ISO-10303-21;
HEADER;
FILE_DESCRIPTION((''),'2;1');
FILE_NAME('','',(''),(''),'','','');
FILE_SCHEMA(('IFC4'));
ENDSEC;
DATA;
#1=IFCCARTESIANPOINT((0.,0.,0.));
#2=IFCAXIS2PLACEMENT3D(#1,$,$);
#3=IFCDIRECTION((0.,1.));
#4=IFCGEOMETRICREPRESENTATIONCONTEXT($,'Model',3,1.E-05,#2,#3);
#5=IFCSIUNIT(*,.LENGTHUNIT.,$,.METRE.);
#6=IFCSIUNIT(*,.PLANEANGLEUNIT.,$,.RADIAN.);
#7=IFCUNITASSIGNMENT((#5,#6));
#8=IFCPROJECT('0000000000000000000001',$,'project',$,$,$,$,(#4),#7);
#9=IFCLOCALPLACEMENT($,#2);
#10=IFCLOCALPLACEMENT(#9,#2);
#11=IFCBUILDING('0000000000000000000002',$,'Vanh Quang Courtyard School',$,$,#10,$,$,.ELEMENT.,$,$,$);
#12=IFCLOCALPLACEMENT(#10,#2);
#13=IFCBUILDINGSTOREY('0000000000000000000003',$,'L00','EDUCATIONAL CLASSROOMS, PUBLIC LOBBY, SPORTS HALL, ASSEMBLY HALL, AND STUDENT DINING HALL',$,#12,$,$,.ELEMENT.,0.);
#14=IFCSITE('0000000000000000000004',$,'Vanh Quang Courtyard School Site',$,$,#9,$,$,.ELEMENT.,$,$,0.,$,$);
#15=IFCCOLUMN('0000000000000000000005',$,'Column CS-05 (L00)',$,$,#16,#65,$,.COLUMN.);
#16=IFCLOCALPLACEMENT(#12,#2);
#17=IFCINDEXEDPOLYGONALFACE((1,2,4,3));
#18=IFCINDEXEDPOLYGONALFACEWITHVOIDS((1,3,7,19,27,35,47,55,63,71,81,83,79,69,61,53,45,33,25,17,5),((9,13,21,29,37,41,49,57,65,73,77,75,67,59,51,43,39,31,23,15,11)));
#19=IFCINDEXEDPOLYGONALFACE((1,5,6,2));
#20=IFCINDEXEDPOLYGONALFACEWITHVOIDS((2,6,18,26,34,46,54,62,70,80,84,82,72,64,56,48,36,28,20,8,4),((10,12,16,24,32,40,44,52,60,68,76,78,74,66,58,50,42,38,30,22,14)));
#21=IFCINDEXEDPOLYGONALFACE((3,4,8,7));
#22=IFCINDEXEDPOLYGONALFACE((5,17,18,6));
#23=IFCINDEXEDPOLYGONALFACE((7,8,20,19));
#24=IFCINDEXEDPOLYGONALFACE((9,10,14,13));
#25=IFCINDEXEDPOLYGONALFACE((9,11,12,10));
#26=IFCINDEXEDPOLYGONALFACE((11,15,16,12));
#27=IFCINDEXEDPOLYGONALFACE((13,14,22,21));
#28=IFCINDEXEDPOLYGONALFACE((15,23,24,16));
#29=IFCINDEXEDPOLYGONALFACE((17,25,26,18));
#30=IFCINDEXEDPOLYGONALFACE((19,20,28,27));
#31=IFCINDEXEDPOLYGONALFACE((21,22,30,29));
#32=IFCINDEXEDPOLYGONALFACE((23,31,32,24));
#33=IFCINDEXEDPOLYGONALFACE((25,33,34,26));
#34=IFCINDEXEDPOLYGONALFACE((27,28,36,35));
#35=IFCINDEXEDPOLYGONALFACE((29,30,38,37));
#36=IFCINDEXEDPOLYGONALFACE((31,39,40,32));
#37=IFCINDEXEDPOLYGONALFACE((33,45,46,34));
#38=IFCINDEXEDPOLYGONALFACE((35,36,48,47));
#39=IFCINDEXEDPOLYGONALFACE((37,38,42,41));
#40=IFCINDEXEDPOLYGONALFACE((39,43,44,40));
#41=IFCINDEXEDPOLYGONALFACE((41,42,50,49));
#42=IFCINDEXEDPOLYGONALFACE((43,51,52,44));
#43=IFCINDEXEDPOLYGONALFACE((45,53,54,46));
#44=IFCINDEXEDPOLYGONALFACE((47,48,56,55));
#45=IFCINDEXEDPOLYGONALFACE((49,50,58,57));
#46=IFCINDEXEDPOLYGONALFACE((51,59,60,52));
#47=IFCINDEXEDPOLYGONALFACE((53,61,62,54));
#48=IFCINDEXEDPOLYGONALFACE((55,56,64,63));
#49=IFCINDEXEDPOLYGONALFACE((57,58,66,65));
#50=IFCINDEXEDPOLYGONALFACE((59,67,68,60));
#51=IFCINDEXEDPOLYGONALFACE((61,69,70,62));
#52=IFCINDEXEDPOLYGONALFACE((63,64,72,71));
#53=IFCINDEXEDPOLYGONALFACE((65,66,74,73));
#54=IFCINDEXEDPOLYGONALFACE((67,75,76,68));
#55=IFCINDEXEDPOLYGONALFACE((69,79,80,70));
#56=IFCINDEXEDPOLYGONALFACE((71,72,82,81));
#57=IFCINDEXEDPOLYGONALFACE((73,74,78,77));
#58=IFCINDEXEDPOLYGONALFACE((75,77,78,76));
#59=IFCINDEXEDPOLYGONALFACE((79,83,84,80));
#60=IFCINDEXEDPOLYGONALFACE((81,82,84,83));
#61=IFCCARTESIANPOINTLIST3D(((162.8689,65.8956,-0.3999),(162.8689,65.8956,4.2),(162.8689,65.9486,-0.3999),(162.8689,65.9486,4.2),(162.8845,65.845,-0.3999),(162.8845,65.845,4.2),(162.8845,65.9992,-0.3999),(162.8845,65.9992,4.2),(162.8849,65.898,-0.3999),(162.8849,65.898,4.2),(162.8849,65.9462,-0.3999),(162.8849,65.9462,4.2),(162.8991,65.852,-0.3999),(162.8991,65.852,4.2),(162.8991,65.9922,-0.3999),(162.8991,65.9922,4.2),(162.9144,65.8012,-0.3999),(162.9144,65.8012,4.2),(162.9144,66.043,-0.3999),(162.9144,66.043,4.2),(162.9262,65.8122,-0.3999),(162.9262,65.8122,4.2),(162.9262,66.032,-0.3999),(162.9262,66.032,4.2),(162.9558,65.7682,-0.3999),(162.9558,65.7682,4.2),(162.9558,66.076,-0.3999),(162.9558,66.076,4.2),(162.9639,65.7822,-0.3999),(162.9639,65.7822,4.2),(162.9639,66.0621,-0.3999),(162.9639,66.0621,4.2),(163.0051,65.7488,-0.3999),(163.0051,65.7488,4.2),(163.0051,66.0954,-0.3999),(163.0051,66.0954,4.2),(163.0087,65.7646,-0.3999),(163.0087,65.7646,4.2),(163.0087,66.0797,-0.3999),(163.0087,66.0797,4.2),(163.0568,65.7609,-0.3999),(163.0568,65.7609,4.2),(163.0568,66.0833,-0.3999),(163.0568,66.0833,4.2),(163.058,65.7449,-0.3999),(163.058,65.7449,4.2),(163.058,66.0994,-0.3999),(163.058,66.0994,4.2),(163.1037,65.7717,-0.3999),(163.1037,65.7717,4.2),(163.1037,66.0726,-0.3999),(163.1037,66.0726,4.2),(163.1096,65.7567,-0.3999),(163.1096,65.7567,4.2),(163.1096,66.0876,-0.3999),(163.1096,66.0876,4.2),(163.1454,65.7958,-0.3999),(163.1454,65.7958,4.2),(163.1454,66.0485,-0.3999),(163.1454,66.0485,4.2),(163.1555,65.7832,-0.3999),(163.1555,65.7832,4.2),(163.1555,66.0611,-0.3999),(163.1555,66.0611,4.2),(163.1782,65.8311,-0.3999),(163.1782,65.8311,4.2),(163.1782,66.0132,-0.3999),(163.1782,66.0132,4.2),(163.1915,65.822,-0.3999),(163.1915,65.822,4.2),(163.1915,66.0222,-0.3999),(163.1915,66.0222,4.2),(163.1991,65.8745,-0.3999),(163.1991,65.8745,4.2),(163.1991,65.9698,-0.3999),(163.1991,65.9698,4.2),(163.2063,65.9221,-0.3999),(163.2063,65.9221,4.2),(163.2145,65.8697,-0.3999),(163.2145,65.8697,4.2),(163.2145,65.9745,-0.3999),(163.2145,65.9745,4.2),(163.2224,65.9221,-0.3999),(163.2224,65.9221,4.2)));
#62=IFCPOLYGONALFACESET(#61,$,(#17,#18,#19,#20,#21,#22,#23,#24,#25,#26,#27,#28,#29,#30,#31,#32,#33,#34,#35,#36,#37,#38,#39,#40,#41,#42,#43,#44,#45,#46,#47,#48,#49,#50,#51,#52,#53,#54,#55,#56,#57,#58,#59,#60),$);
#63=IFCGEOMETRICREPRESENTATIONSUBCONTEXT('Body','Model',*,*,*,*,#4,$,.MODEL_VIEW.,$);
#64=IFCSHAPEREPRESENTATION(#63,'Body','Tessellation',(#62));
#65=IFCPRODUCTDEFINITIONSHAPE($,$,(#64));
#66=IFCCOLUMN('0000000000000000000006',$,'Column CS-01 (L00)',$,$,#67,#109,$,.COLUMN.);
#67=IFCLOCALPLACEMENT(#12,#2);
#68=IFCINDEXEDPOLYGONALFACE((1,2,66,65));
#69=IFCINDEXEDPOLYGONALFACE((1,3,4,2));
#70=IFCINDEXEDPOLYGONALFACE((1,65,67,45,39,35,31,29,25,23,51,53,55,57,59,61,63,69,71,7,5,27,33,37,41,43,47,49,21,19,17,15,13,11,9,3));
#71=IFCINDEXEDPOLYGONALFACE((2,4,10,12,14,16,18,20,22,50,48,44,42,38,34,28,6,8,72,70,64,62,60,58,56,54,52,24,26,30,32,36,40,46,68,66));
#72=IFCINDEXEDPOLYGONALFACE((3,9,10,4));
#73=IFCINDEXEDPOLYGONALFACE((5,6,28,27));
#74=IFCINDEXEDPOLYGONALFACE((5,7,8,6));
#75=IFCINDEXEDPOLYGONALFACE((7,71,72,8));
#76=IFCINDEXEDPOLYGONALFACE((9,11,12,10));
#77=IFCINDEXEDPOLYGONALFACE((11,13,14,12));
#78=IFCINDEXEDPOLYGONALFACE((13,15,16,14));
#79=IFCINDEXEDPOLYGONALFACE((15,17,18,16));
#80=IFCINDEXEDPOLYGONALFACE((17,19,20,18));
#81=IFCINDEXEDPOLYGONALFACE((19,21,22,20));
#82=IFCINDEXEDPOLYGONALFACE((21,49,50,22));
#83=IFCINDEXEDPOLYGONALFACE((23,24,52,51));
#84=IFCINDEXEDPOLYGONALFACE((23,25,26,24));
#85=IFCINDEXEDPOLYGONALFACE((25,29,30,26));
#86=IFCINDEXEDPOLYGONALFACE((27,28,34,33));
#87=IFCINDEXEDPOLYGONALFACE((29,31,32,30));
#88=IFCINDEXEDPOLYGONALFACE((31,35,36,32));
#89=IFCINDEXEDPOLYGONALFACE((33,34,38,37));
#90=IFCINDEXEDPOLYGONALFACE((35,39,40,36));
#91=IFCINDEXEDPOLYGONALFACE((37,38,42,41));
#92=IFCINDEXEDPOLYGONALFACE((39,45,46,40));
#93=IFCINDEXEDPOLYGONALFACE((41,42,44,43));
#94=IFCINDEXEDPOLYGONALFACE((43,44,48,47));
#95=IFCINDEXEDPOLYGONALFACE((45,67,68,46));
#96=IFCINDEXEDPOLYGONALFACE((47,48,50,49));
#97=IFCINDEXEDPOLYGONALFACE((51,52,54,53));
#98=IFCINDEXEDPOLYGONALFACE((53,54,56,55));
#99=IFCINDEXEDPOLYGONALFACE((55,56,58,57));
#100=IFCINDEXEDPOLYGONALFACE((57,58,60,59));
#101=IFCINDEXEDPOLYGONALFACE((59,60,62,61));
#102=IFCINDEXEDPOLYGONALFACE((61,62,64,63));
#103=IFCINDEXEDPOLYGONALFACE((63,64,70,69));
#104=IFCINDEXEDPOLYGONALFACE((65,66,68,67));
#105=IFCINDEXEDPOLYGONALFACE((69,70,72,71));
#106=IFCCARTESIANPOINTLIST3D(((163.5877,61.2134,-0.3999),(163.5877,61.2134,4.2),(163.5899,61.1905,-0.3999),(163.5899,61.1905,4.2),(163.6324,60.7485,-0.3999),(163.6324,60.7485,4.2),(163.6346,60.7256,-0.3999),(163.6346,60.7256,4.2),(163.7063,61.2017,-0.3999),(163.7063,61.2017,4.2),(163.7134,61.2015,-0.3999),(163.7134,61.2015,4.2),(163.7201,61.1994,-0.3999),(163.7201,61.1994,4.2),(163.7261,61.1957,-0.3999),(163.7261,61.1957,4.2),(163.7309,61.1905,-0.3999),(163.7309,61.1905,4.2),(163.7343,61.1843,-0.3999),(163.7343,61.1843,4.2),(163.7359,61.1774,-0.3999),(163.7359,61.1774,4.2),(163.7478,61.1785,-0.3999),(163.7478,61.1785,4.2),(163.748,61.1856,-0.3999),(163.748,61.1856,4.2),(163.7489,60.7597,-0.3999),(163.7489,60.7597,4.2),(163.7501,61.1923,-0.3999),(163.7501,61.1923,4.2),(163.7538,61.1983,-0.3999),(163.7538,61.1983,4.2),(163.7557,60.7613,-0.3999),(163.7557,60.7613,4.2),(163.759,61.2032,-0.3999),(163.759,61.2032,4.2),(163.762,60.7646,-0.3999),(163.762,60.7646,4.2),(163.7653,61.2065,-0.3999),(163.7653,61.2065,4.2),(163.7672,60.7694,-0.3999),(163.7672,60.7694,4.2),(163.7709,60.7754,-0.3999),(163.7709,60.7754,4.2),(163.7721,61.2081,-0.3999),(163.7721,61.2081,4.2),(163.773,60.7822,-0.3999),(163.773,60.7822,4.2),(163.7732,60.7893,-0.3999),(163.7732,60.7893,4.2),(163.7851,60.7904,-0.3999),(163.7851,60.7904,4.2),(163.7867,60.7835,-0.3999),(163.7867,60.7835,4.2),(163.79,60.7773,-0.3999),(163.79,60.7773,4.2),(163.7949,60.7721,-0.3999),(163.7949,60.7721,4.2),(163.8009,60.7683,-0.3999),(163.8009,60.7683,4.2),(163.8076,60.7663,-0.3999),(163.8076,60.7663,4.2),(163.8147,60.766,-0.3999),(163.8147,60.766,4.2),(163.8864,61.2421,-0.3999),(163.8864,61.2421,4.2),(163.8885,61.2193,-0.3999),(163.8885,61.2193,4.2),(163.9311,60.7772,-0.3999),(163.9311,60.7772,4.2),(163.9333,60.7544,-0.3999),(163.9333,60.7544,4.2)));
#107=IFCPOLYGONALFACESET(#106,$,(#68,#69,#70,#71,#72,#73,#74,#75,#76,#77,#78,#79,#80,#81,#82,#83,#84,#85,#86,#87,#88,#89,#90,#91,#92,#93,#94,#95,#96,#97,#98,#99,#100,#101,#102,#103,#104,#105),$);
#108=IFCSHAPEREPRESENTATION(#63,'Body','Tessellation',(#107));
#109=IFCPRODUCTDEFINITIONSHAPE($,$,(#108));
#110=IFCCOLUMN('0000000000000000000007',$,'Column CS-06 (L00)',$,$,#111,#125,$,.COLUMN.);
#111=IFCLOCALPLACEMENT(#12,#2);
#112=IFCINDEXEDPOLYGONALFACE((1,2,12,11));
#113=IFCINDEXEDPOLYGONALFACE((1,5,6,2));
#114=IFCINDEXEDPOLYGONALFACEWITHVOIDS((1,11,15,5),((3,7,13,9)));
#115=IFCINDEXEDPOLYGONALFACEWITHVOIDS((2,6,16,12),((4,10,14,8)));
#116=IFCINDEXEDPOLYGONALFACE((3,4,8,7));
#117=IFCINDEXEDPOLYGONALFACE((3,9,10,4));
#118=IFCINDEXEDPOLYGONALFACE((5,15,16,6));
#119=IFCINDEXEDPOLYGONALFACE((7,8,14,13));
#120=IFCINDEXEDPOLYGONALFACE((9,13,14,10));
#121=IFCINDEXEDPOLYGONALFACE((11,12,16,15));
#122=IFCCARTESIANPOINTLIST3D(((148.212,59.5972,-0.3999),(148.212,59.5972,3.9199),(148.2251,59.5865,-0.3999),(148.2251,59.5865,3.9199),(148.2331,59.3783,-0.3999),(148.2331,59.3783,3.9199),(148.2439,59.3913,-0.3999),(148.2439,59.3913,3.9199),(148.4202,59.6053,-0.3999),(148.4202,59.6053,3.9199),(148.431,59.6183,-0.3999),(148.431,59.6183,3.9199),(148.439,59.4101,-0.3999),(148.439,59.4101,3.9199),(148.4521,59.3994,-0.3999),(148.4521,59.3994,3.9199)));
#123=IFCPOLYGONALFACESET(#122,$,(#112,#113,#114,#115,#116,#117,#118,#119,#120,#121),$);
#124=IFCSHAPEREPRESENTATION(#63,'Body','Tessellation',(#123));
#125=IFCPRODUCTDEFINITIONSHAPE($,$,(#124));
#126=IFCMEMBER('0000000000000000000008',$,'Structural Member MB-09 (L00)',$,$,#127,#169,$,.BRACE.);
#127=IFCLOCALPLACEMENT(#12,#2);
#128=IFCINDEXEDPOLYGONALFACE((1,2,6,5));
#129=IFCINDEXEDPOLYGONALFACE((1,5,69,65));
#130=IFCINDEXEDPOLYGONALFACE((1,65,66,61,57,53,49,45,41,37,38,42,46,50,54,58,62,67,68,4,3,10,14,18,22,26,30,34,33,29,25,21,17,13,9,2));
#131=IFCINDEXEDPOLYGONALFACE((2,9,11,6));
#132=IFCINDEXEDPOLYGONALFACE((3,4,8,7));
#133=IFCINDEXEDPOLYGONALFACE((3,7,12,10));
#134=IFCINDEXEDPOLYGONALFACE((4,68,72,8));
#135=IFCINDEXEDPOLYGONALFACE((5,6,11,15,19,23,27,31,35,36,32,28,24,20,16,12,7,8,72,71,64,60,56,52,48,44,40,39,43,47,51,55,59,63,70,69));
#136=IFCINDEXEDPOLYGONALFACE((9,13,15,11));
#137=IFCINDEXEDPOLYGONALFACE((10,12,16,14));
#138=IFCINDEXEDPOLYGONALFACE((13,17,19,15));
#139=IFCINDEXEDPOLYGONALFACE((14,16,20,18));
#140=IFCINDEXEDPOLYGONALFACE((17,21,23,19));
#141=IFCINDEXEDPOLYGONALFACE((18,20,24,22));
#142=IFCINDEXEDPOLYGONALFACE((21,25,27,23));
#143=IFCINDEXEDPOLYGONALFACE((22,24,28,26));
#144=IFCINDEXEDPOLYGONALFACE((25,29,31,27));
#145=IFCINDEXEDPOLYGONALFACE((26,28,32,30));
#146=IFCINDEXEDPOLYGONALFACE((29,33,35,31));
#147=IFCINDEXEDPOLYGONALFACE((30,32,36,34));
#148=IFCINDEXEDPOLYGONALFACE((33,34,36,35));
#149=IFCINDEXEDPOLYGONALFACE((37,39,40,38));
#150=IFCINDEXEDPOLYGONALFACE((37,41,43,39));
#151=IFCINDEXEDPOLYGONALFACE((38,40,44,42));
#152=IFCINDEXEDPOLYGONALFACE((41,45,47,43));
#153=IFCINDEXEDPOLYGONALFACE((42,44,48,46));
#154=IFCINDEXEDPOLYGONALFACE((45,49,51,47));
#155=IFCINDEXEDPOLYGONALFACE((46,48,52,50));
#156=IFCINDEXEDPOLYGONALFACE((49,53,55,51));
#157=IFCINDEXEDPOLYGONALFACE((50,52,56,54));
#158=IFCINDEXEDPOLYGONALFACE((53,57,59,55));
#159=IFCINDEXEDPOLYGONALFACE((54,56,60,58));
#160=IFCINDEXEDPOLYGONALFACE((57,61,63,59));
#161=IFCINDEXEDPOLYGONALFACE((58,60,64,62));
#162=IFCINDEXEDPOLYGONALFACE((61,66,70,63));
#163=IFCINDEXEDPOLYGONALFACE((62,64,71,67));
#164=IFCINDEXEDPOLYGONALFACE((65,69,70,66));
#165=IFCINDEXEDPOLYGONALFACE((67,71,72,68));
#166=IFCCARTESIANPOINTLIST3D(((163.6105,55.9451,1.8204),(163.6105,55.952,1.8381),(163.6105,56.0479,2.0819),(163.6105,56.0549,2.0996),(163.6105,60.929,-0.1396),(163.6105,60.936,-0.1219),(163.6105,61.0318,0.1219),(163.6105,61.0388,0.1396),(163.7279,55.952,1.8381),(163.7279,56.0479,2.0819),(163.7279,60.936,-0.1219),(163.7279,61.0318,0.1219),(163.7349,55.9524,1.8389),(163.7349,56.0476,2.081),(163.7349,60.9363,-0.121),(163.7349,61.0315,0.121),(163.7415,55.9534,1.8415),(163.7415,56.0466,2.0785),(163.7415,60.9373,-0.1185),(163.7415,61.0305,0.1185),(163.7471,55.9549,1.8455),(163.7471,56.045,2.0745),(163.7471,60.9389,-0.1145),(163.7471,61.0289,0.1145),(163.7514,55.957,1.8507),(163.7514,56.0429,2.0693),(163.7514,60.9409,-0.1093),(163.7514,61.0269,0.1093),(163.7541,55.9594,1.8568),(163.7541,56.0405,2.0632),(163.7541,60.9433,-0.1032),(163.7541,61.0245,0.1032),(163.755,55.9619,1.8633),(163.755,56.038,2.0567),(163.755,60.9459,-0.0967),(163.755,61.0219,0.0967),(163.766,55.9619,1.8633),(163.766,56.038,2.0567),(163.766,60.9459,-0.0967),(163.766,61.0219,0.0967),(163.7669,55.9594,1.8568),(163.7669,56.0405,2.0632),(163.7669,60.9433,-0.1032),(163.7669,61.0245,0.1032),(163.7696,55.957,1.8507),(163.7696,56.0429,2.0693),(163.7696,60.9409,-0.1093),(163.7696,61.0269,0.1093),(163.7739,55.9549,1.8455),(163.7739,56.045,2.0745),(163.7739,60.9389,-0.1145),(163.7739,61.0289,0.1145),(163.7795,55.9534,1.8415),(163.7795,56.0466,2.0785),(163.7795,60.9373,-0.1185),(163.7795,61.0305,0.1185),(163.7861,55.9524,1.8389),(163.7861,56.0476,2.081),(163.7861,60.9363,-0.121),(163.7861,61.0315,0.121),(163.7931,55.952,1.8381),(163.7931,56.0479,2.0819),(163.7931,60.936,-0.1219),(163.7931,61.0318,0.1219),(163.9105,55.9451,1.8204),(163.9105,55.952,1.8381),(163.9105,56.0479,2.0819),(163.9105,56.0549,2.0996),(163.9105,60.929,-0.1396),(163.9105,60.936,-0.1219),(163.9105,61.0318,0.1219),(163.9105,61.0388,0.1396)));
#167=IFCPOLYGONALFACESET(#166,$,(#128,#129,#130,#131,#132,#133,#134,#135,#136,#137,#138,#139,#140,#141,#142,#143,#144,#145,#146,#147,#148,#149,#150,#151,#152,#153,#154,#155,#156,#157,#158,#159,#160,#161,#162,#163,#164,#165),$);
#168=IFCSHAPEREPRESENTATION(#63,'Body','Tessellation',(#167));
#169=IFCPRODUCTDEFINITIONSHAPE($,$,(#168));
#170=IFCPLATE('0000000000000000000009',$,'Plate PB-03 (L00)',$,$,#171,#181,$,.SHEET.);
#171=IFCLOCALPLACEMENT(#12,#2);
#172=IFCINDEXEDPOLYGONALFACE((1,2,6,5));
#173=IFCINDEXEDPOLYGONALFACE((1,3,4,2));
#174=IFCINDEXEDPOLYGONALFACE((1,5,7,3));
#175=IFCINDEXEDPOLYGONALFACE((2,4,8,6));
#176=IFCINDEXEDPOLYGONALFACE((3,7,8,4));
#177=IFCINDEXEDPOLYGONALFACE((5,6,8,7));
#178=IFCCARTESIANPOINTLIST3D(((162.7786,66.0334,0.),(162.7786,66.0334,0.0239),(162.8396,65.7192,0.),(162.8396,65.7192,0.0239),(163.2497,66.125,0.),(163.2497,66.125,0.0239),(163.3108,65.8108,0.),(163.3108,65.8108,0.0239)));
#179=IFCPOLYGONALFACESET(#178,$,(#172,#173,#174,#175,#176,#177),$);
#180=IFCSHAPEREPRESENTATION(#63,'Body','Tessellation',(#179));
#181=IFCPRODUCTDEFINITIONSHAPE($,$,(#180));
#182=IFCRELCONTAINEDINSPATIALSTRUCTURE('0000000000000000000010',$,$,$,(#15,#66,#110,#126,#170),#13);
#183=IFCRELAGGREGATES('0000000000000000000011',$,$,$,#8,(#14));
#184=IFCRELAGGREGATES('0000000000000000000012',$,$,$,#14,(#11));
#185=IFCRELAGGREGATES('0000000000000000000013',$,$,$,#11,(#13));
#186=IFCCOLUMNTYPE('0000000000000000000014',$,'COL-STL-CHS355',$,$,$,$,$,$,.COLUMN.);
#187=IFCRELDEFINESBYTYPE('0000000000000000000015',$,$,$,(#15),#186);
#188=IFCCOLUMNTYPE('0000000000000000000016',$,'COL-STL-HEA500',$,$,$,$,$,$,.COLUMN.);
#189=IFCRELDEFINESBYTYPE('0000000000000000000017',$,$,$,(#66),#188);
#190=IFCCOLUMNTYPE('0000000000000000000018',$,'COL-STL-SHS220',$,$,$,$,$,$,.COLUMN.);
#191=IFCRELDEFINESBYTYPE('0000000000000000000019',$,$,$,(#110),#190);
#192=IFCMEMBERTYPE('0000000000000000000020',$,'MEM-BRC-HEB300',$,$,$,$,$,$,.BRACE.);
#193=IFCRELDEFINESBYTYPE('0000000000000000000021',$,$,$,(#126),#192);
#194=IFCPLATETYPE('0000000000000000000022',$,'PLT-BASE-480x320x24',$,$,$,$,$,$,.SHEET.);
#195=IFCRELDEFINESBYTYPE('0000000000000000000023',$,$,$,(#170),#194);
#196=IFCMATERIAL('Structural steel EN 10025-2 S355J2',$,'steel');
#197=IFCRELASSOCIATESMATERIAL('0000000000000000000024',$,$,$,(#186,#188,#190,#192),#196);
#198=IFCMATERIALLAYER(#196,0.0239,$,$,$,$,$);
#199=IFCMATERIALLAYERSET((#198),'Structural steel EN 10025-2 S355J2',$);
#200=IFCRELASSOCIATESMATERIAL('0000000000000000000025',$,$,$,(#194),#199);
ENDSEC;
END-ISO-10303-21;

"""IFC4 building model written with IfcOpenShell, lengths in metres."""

from ifc_helpers import new_model, si_unit, direction, frame, origin, origin_2d, place, context, subcontext, project, spatial, rectangle, hollow_rectangle, hollow_circle, i_section, extrude, material, layer, layer_set, material_profile, profile_set, type_object, element, save


model = new_model("IFC4")

# Units and contexts
model_context = context("Model", 3, precision=1e-05, world=origin(), true_north=direction((0.0, 1.0)))
body_context = subcontext(model_context, "Body", "Model", "MODEL_VIEW")
ifc_project = project(units=[si_unit("LENGTHUNIT", "METRE"), si_unit("PLANEANGLEUNIT", "RADIAN")], contexts=[model_context])

# Site, building, storey
site_placement = place(None, origin())
site = spatial("IfcSite", under=ifc_project, at=site_placement, Name="Vanh Quang Courtyard School Site", CompositionType="ELEMENT", RefElevation=0.0)
building_placement = place(site_placement, origin())
building = spatial("IfcBuilding", under=site, at=building_placement, Name="Vanh Quang Courtyard School", CompositionType="ELEMENT")
storey_placement = place(building_placement, origin())
storey = spatial("IfcBuildingStorey", under=building, at=storey_placement, Name="L00", Description="EDUCATIONAL CLASSROOMS, PUBLIC LOBBY, SPORTS HALL, ASSEMBLY HALL, AND STUDENT DINING HALL", CompositionType="ELEMENT", Elevation=0.0)

# Columns
ifc_material_1 = material(Name="Structural steel EN 10025-2 S355J2", Category="steel")
ifc_material_profile_1 = material_profile(ifc_material_1, hollow_circle(Radius=0.1777, WallThickness=0.0161, at=origin_2d()), Name="CHS 355.6x16")
ifc_profile_set_1 = profile_set([ifc_material_profile_1], Name="Structural steel EN 10025-2 S355J2")
column_type_1 = type_object("IfcColumnType", Name="COL-STL-CHS355", PredefinedType="COLUMN", material=ifc_profile_set_1)
column_1_placement = place(storey_placement, frame((163.0447, 65.9221, -0.3999), z_axis=(0.0, 0.0, 1.0), x_axis=(1.0, 0.0, 0.0)))
element("IfcColumn", 1, at=column_1_placement, inside=storey, type_object=column_type_1, Name="Column CS-05 (L00)", PredefinedType="COLUMN", context=body_context, shape_type="SweptSolid", body=[
    extrude(hollow_circle(Radius=0.1777, WallThickness=0.0161, at=origin_2d()), origin(), (0.0, 0.0, 1.0), 4.5999),
])
ifc_material_profile_2 = material_profile(ifc_material_1, i_section(OverallWidth=0.3, OverallDepth=0.49, WebThickness=0.012, FlangeThickness=0.0229, FilletRadius=0.0271, at=origin_2d()), Name="HEA 500")
ifc_profile_set_2 = profile_set([ifc_material_profile_2], Name="Structural steel EN 10025-2 S355J2")
column_type_2 = type_object("IfcColumnType", Name="COL-STL-HEA500", PredefinedType="COLUMN", material=ifc_profile_set_2)
column_2_placement = place(storey_placement, frame((163.7605, 60.9839, -0.3999), z_axis=(0.0, 0.0, 1.0), x_axis=(0.995396, 0.095846, 0.0)))
element("IfcColumn", 2, at=column_2_placement, inside=storey, type_object=column_type_2, Name="Column CS-01 (L00)", PredefinedType="COLUMN", context=body_context, shape_type="SweptSolid", body=[
    extrude(i_section(OverallWidth=0.3, OverallDepth=0.49, WebThickness=0.012, FlangeThickness=0.0229, FilletRadius=0.0271, at=origin_2d()), origin(), (0.0, 0.0, 1.0), 4.5999),
])
ifc_material_profile_3 = material_profile(ifc_material_1, hollow_rectangle(XDim=0.22, YDim=0.22, WallThickness=0.012, at=origin_2d()), Name="SHS 220x220x12")
ifc_profile_set_3 = profile_set([ifc_material_profile_3], Name="Structural steel EN 10025-2 S355J2")
column_type_3 = type_object("IfcColumnType", Name="COL-STL-SHS220", PredefinedType="COLUMN", material=ifc_profile_set_3)
column_3_placement = place(storey_placement, frame((148.332, 59.4983, -0.3999), z_axis=(0.0, 0.0, 1.0), x_axis=(0.995396, 0.095846, 0.0)))
element("IfcColumn", 3, at=column_3_placement, inside=storey, type_object=column_type_3, Name="Column CS-06 (L00)", PredefinedType="COLUMN", context=body_context, shape_type="SweptSolid", body=[
    extrude(hollow_rectangle(XDim=0.22, YDim=0.22, WallThickness=0.012, at=origin_2d()), origin(), (0.0, 0.0, 1.0), 4.3198),
])

# Member
ifc_material_profile_4 = material_profile(ifc_material_1, i_section(OverallWidth=0.3, OverallDepth=0.3, WebThickness=0.011, FlangeThickness=0.019, FilletRadius=0.0271, at=origin_2d()), Name="HEB 300")
ifc_profile_set_4 = profile_set([ifc_material_profile_4], Name="Structural steel EN 10025-2 S355J2")
member_type = type_object("IfcMemberType", Name="MEM-BRC-HEB300", PredefinedType="BRACE", material=ifc_profile_set_4)
member_placement = place(storey_placement, frame((163.7605, 60.9839, 0.0), z_axis=(0.0, -0.930624, 0.365977), x_axis=(1.0, 0.0, 0.0)))
element("IfcMember", 4, at=member_placement, inside=storey, type_object=member_type, Name="Structural Member MB-09 (L00)", PredefinedType="BRACE", context=body_context, shape_type="SweptSolid", body=[
    extrude(i_section(OverallWidth=0.3, OverallDepth=0.3, WebThickness=0.011, FlangeThickness=0.019, FilletRadius=0.0271, at=origin_2d()), origin(), (0.0, 0.0, 1.0), 5.3555),
])

# Plate
ifc_layer_1 = layer(ifc_material_1, 0.0239)
ifc_layer_set_1 = layer_set([ifc_layer_1], Name="Structural steel EN 10025-2 S355J2")
plate_type_1 = type_object("IfcPlateType", Name="PLT-BASE-480x320x24", PredefinedType="SHEET", material=ifc_layer_set_1)
plate_1_placement = place(storey_placement, frame((163.0447, 65.9221, 0.0), z_axis=(0.0, 0.0, 1.0), x_axis=(0.981627, 0.190809, 0.0)))
element("IfcPlate", 5, at=plate_1_placement, inside=storey, type_object=plate_type_1, Name="Plate PB-03 (L00)", PredefinedType="SHEET", context=body_context, shape_type="SweptSolid", body=[
    extrude(rectangle(XDim=0.48, YDim=0.3201, at=origin_2d()), origin(), (0.0, 0.0, 1.0), 0.0239),
])

save(model, "model.ifc")
